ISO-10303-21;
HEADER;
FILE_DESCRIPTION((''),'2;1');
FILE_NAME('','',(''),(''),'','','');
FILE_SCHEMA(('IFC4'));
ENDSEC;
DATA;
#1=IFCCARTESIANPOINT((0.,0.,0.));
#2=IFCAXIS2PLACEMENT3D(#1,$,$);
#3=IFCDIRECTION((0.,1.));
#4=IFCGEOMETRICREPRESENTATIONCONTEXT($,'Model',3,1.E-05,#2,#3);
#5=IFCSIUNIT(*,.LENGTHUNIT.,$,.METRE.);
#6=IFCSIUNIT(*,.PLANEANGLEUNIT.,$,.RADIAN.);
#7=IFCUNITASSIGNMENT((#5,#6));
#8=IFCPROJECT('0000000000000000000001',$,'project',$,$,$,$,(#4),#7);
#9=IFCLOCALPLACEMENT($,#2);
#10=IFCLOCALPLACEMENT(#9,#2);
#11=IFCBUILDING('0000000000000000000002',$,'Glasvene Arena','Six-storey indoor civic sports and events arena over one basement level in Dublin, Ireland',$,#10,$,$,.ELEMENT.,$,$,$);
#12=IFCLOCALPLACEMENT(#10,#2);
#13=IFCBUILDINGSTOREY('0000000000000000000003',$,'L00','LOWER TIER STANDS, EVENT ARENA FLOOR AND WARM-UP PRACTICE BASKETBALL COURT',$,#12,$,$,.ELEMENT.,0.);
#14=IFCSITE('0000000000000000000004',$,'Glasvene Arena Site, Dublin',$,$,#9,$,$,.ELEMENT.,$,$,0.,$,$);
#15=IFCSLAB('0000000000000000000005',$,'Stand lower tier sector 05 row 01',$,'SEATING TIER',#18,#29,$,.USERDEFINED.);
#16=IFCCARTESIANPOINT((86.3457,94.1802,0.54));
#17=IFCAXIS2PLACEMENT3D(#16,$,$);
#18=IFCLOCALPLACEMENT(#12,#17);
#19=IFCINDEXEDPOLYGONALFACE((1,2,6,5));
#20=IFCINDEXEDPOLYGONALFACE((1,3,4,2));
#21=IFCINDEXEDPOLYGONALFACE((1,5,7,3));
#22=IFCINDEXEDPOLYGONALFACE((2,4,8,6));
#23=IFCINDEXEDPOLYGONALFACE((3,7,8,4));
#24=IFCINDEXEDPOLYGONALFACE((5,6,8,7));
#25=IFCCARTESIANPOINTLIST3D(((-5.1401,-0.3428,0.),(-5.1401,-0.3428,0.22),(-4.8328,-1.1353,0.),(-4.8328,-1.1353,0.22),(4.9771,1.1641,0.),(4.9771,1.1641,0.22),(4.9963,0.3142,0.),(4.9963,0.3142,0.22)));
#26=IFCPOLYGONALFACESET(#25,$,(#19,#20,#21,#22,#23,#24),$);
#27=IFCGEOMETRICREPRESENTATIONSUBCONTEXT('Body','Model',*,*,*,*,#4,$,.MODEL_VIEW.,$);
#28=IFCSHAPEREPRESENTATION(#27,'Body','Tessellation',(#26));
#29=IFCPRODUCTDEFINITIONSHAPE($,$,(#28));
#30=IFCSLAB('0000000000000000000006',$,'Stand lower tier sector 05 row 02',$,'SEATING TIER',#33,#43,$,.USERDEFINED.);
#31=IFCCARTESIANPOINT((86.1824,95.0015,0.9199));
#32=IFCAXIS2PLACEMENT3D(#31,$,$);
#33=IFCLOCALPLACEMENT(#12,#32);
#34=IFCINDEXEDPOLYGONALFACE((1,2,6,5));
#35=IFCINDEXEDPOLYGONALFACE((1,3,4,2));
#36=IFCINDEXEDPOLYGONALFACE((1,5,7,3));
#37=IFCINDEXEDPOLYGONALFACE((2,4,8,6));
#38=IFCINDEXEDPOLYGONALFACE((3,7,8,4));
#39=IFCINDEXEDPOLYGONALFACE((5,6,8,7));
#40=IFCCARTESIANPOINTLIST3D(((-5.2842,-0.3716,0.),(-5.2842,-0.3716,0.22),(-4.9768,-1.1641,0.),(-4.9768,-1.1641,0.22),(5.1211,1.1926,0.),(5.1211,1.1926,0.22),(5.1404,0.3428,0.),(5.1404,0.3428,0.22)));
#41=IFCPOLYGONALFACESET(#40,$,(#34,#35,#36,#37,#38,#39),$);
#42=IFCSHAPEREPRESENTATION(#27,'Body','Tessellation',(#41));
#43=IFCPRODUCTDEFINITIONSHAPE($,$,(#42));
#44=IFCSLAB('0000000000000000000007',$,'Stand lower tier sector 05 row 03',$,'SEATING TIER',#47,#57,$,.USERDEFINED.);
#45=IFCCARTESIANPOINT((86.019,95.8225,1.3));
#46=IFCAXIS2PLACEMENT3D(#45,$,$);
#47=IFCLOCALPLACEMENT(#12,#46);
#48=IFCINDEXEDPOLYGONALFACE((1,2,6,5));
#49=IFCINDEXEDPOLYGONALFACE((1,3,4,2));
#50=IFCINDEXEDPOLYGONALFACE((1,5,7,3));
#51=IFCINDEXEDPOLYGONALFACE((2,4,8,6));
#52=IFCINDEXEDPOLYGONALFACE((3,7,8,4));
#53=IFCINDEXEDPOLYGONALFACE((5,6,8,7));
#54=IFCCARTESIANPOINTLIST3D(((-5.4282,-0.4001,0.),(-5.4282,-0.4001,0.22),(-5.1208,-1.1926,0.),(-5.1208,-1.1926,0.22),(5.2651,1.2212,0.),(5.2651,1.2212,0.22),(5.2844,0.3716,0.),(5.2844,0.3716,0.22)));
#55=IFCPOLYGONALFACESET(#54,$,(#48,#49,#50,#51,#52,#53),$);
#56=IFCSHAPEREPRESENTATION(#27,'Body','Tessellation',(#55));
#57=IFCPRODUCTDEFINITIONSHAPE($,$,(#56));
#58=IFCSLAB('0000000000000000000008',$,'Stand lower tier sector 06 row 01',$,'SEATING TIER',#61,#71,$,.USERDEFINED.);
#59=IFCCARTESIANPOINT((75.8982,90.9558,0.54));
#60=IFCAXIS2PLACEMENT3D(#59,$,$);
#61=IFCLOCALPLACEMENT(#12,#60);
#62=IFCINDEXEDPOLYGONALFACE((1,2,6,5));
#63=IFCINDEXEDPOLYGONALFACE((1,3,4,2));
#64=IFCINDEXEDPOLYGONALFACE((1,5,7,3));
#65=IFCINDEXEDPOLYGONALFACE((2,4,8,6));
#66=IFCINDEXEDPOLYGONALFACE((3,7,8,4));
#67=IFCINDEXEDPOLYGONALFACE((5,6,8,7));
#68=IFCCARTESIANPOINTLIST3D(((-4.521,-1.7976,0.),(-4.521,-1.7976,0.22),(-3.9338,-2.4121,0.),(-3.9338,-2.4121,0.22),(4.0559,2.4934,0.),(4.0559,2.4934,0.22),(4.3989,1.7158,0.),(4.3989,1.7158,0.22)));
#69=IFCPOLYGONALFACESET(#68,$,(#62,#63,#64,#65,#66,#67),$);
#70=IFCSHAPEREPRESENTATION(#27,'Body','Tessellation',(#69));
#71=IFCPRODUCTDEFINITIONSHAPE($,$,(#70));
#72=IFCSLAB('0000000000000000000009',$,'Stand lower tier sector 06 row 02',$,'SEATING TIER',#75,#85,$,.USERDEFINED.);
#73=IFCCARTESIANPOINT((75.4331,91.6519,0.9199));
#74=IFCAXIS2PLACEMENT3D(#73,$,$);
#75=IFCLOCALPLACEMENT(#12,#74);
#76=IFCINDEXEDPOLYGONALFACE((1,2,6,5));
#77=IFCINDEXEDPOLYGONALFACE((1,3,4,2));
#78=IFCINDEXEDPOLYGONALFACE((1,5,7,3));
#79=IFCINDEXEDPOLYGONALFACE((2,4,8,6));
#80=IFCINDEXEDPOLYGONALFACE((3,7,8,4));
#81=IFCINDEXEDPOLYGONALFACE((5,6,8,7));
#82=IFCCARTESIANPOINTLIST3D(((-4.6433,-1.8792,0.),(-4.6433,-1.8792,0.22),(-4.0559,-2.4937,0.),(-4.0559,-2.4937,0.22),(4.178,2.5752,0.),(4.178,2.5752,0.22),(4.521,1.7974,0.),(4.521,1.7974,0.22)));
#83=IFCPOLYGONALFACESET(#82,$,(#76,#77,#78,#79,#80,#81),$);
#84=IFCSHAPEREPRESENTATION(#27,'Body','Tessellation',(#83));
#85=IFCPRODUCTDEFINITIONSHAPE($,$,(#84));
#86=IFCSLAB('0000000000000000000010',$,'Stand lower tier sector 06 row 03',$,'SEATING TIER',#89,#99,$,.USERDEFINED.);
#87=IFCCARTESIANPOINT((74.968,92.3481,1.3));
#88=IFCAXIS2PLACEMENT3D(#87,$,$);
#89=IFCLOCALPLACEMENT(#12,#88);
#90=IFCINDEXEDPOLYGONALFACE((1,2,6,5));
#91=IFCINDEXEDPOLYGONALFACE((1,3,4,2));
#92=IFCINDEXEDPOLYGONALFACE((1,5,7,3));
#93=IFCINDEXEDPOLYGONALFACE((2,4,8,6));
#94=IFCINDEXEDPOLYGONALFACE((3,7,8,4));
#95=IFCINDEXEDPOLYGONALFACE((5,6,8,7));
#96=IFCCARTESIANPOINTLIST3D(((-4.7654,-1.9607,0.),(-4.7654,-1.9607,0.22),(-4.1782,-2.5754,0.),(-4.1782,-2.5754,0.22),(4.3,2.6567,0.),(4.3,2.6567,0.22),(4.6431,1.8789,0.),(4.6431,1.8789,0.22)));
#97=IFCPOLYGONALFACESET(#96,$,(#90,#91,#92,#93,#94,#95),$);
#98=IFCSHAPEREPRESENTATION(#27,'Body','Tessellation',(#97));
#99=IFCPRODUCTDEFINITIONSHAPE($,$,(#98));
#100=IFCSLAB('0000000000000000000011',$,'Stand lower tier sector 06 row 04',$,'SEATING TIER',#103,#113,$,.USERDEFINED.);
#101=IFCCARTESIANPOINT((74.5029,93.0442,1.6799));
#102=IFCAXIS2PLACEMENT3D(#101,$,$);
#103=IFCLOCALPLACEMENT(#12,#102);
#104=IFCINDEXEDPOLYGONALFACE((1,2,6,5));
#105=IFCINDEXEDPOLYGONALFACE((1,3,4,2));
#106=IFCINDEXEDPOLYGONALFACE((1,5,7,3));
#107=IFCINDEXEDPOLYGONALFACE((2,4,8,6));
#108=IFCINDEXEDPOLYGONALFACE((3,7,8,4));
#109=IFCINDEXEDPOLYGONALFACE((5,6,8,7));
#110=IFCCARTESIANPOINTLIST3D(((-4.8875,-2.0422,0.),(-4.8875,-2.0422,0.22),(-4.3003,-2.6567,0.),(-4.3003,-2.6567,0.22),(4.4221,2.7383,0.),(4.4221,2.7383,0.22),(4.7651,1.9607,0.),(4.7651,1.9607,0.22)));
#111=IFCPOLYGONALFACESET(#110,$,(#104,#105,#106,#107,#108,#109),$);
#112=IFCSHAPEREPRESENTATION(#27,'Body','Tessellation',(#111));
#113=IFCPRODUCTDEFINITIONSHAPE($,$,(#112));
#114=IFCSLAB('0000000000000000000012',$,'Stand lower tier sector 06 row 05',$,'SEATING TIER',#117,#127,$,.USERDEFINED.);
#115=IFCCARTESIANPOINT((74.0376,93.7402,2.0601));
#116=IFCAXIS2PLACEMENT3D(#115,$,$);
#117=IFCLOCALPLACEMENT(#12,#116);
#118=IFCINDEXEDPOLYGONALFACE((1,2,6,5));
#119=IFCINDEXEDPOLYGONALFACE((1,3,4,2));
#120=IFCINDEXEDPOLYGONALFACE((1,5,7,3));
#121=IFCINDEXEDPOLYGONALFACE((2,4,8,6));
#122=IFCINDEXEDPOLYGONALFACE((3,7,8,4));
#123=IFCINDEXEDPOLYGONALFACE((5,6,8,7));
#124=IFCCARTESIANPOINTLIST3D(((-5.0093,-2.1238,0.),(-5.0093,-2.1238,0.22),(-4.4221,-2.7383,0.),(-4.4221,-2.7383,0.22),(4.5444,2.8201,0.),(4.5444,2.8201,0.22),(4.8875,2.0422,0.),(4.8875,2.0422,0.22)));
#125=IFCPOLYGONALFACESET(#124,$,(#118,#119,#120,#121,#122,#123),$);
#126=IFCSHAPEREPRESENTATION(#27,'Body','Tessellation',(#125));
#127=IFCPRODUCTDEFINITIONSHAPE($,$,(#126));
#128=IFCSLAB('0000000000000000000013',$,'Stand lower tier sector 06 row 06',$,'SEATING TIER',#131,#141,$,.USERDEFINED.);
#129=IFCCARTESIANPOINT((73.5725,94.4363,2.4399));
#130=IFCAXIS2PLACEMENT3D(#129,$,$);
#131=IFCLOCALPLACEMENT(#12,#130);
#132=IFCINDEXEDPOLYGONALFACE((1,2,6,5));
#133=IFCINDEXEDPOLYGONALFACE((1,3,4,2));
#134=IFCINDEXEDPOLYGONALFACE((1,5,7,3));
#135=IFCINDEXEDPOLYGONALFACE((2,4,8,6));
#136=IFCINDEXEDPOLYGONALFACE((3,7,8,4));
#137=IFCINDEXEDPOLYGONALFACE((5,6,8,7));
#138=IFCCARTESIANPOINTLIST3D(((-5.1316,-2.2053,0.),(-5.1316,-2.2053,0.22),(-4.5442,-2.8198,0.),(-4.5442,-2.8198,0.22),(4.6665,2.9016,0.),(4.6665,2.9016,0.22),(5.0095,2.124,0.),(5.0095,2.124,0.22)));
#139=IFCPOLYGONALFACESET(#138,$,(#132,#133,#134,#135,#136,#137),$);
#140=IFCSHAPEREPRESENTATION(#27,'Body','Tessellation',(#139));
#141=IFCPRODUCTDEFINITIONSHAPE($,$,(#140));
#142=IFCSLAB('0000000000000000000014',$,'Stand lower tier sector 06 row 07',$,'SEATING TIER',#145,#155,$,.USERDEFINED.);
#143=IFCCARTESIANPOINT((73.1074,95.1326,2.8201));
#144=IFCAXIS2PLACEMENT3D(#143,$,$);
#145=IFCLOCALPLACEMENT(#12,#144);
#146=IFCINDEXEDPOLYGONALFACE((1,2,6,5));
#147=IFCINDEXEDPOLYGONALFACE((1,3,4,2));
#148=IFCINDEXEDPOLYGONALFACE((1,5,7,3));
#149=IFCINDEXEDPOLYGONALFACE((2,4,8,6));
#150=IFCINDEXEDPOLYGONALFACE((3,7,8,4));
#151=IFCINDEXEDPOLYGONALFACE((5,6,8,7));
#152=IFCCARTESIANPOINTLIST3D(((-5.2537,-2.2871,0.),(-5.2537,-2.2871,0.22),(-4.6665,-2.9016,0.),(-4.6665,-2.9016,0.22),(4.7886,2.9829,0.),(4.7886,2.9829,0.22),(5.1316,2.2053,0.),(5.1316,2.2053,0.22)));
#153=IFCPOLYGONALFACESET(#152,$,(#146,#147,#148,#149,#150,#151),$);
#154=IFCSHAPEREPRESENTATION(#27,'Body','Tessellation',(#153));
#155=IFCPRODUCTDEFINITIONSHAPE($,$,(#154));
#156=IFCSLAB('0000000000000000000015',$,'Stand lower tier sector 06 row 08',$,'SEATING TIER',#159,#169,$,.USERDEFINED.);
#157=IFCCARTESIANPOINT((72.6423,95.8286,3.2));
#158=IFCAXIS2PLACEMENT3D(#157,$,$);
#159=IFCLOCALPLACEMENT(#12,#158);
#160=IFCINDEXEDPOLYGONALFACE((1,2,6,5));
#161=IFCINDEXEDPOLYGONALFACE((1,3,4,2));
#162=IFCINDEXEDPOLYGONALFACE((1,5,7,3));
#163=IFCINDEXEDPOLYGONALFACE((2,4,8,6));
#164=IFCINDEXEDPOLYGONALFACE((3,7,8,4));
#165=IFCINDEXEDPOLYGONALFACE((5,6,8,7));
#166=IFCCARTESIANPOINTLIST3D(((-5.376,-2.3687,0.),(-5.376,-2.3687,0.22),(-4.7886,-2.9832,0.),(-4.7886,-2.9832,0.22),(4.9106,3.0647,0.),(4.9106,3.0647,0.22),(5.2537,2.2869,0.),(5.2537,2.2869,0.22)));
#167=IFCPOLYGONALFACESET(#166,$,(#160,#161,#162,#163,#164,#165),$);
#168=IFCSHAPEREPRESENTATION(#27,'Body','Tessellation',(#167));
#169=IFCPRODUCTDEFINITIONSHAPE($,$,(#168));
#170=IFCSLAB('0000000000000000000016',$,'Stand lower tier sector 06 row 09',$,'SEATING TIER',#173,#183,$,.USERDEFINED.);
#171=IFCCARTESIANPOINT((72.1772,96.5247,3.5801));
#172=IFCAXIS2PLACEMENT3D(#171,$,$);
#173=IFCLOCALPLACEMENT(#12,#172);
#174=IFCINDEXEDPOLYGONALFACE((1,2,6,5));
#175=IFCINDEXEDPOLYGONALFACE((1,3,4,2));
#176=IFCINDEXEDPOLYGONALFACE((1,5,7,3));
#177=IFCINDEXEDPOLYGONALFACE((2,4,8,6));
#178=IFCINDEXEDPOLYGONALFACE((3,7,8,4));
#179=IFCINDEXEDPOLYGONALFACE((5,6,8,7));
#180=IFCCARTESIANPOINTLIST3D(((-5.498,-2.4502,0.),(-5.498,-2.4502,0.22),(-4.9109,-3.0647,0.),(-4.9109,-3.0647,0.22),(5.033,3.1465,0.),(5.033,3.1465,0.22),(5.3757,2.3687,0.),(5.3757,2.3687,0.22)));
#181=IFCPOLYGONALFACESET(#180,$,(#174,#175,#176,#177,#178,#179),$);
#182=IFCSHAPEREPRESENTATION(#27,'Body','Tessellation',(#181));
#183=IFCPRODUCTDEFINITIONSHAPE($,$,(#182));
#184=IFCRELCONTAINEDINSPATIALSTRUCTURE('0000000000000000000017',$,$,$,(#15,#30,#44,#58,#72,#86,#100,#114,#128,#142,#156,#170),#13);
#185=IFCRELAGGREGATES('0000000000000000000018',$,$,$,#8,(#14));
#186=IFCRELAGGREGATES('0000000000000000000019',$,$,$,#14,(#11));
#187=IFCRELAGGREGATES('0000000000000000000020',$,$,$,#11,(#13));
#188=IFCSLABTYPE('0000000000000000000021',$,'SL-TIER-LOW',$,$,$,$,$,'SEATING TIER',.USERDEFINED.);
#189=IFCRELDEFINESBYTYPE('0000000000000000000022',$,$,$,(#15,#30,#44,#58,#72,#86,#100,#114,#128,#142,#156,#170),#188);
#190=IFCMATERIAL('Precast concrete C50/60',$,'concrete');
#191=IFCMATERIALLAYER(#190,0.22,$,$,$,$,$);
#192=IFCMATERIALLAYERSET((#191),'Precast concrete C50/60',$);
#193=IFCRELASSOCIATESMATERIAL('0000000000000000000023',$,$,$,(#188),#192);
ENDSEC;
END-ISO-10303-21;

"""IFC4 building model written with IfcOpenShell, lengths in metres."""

from ifc_helpers import new_model, si_unit, direction, frame, origin, place, context, subcontext, project, spatial, polyline, outline, extrude, material, layer, layer_set, type_object, element, save


model = new_model("IFC4")

# Units and contexts
model_context = context("Model", 3, precision=1e-05, world=origin(), true_north=direction((0.0, 1.0)))
body_context = subcontext(model_context, "Body", "Model", "MODEL_VIEW")
ifc_project = project(units=[si_unit("LENGTHUNIT", "METRE"), si_unit("PLANEANGLEUNIT", "RADIAN")], contexts=[model_context])

# Site, building, storey
site_placement = place(None, origin())
site = spatial("IfcSite", under=ifc_project, at=site_placement, Name="Glasvene Arena Site, Dublin", CompositionType="ELEMENT", RefElevation=0.0)
building_placement = place(site_placement, origin())
building = spatial("IfcBuilding", under=site, at=building_placement, Name="Glasvene Arena", Description="Six-storey indoor civic sports and events arena over one basement level in Dublin, Ireland", CompositionType="ELEMENT")
storey_placement = place(building_placement, origin())
storey = spatial("IfcBuildingStorey", under=building, at=storey_placement, Name="L00", Description="LOWER TIER STANDS, EVENT ARENA FLOOR AND WARM-UP PRACTICE BASKETBALL COURT", CompositionType="ELEMENT", Elevation=0.0)

# Shared definitions
ifc_material_1 = material(Name="Precast concrete C50/60", Category="concrete")

# Slabs
ifc_layer_1 = layer(ifc_material_1, 0.22)
ifc_layer_set_1 = layer_set([ifc_layer_1], Name="Precast concrete C50/60")
slab_type_1 = type_object("IfcSlabType", Name="SL-TIER-LOW", ElementType="SEATING TIER", PredefinedType="USERDEFINED", material=ifc_layer_set_1)
slab_1_placement = place(storey_placement, frame((86.3457, 94.1802, 0.54)))
element("IfcSlab", 1, at=slab_1_placement, inside=storey, type_object=slab_type_1, Name="Stand lower tier sector 05 row 01", ObjectType="SEATING TIER", PredefinedType="USERDEFINED", context=body_context, shape_type="SweptSolid", body=[
    extrude(outline(polyline([(4.9963, 0.3142), (-4.8328, -1.1353), (-5.1401, -0.3428), (4.9771, 1.1641), (4.9963, 0.3142)])), origin(), (0.0, 0.0, 1.0), 0.22),
])
slab_2_placement = place(storey_placement, frame((86.1824, 95.0015, 0.9199)))
element("IfcSlab", 2, at=slab_2_placement, inside=storey, type_object=slab_type_1, Name="Stand lower tier sector 05 row 02", ObjectType="SEATING TIER", PredefinedType="USERDEFINED", context=body_context, shape_type="SweptSolid", body=[
    extrude(outline(polyline([(5.1404, 0.3428), (-4.9768, -1.1641), (-5.2842, -0.3716), (5.1211, 1.1926), (5.1404, 0.3428)])), origin(), (0.0, 0.0, 1.0), 0.22),
])
slab_3_placement = place(storey_placement, frame((86.019, 95.8225, 1.3)))
element("IfcSlab", 3, at=slab_3_placement, inside=storey, type_object=slab_type_1, Name="Stand lower tier sector 05 row 03", ObjectType="SEATING TIER", PredefinedType="USERDEFINED", context=body_context, shape_type="SweptSolid", body=[
    extrude(outline(polyline([(5.2844, 0.3716), (-5.1208, -1.1926), (-5.4282, -0.4001), (5.2651, 1.2212), (5.2844, 0.3716)])), origin(), (0.0, 0.0, 1.0), 0.22),
])
slab_4_placement = place(storey_placement, frame((75.8982, 90.9558, 0.54)))
element("IfcSlab", 4, at=slab_4_placement, inside=storey, type_object=slab_type_1, Name="Stand lower tier sector 06 row 01", ObjectType="SEATING TIER", PredefinedType="USERDEFINED", context=body_context, shape_type="SweptSolid", body=[
    extrude(outline(polyline([(4.3989, 1.7158), (-3.9338, -2.4121), (-4.521, -1.7976), (4.0559, 2.4934), (4.3989, 1.7158)])), origin(), (0.0, 0.0, 1.0), 0.22),
])
slab_5_placement = place(storey_placement, frame((75.4331, 91.6519, 0.9199)))
element("IfcSlab", 5, at=slab_5_placement, inside=storey, type_object=slab_type_1, Name="Stand lower tier sector 06 row 02", ObjectType="SEATING TIER", PredefinedType="USERDEFINED", context=body_context, shape_type="SweptSolid", body=[
    extrude(outline(polyline([(4.521, 1.7974), (-4.0559, -2.4937), (-4.6433, -1.8792), (4.178, 2.5752), (4.521, 1.7974)])), origin(), (0.0, 0.0, 1.0), 0.22),
])
slab_6_placement = place(storey_placement, frame((74.968, 92.3481, 1.3)))
element("IfcSlab", 6, at=slab_6_placement, inside=storey, type_object=slab_type_1, Name="Stand lower tier sector 06 row 03", ObjectType="SEATING TIER", PredefinedType="USERDEFINED", context=body_context, shape_type="SweptSolid", body=[
    extrude(outline(polyline([(4.6431, 1.8789), (-4.1782, -2.5754), (-4.7654, -1.9607), (4.3, 2.6567), (4.6431, 1.8789)])), origin(), (0.0, 0.0, 1.0), 0.22),
])
slab_7_placement = place(storey_placement, frame((74.5029, 93.0442, 1.6799)))
element("IfcSlab", 7, at=slab_7_placement, inside=storey, type_object=slab_type_1, Name="Stand lower tier sector 06 row 04", ObjectType="SEATING TIER", PredefinedType="USERDEFINED", context=body_context, shape_type="SweptSolid", body=[
    extrude(outline(polyline([(4.7651, 1.9607), (-4.3003, -2.6567), (-4.8875, -2.0422), (4.4221, 2.7383), (4.7651, 1.9607)])), origin(), (0.0, 0.0, 1.0), 0.22),
])
slab_8_placement = place(storey_placement, frame((74.0376, 93.7402, 2.0601)))
element("IfcSlab", 8, at=slab_8_placement, inside=storey, type_object=slab_type_1, Name="Stand lower tier sector 06 row 05", ObjectType="SEATING TIER", PredefinedType="USERDEFINED", context=body_context, shape_type="SweptSolid", body=[
    extrude(outline(polyline([(4.8875, 2.0422), (-4.4221, -2.7383), (-5.0093, -2.1238), (4.5444, 2.8201), (4.8875, 2.0422)])), origin(), (0.0, 0.0, 1.0), 0.22),
])
slab_9_placement = place(storey_placement, frame((73.5725, 94.4363, 2.4399)))
element("IfcSlab", 9, at=slab_9_placement, inside=storey, type_object=slab_type_1, Name="Stand lower tier sector 06 row 06", ObjectType="SEATING TIER", PredefinedType="USERDEFINED", context=body_context, shape_type="SweptSolid", body=[
    extrude(outline(polyline([(5.0095, 2.124), (-4.5442, -2.8198), (-5.1316, -2.2053), (4.6665, 2.9016), (5.0095, 2.124)])), origin(), (0.0, 0.0, 1.0), 0.22),
])
slab_10_placement = place(storey_placement, frame((73.1074, 95.1326, 2.8201)))
element("IfcSlab", 10, at=slab_10_placement, inside=storey, type_object=slab_type_1, Name="Stand lower tier sector 06 row 07", ObjectType="SEATING TIER", PredefinedType="USERDEFINED", context=body_context, shape_type="SweptSolid", body=[
    extrude(outline(polyline([(5.1316, 2.2053), (-4.6665, -2.9016), (-5.2537, -2.2871), (4.7886, 2.9829), (5.1316, 2.2053)])), origin(), (0.0, 0.0, 1.0), 0.22),
])
slab_11_placement = place(storey_placement, frame((72.6423, 95.8286, 3.2)))
element("IfcSlab", 11, at=slab_11_placement, inside=storey, type_object=slab_type_1, Name="Stand lower tier sector 06 row 08", ObjectType="SEATING TIER", PredefinedType="USERDEFINED", context=body_context, shape_type="SweptSolid", body=[
    extrude(outline(polyline([(5.2537, 2.2869), (-4.7886, -2.9832), (-5.376, -2.3687), (4.9106, 3.0647), (5.2537, 2.2869)])), origin(), (0.0, 0.0, 1.0), 0.22),
])
slab_12_placement = place(storey_placement, frame((72.1772, 96.5247, 3.5801)))
element("IfcSlab", 12, at=slab_12_placement, inside=storey, type_object=slab_type_1, Name="Stand lower tier sector 06 row 09", ObjectType="SEATING TIER", PredefinedType="USERDEFINED", context=body_context, shape_type="SweptSolid", body=[
    extrude(outline(polyline([(5.3757, 2.3687), (-4.9109, -3.0647), (-5.498, -2.4502), (5.033, 3.1465), (5.3757, 2.3687)])), origin(), (0.0, 0.0, 1.0), 0.22),
])

save(model, "model.ifc")
